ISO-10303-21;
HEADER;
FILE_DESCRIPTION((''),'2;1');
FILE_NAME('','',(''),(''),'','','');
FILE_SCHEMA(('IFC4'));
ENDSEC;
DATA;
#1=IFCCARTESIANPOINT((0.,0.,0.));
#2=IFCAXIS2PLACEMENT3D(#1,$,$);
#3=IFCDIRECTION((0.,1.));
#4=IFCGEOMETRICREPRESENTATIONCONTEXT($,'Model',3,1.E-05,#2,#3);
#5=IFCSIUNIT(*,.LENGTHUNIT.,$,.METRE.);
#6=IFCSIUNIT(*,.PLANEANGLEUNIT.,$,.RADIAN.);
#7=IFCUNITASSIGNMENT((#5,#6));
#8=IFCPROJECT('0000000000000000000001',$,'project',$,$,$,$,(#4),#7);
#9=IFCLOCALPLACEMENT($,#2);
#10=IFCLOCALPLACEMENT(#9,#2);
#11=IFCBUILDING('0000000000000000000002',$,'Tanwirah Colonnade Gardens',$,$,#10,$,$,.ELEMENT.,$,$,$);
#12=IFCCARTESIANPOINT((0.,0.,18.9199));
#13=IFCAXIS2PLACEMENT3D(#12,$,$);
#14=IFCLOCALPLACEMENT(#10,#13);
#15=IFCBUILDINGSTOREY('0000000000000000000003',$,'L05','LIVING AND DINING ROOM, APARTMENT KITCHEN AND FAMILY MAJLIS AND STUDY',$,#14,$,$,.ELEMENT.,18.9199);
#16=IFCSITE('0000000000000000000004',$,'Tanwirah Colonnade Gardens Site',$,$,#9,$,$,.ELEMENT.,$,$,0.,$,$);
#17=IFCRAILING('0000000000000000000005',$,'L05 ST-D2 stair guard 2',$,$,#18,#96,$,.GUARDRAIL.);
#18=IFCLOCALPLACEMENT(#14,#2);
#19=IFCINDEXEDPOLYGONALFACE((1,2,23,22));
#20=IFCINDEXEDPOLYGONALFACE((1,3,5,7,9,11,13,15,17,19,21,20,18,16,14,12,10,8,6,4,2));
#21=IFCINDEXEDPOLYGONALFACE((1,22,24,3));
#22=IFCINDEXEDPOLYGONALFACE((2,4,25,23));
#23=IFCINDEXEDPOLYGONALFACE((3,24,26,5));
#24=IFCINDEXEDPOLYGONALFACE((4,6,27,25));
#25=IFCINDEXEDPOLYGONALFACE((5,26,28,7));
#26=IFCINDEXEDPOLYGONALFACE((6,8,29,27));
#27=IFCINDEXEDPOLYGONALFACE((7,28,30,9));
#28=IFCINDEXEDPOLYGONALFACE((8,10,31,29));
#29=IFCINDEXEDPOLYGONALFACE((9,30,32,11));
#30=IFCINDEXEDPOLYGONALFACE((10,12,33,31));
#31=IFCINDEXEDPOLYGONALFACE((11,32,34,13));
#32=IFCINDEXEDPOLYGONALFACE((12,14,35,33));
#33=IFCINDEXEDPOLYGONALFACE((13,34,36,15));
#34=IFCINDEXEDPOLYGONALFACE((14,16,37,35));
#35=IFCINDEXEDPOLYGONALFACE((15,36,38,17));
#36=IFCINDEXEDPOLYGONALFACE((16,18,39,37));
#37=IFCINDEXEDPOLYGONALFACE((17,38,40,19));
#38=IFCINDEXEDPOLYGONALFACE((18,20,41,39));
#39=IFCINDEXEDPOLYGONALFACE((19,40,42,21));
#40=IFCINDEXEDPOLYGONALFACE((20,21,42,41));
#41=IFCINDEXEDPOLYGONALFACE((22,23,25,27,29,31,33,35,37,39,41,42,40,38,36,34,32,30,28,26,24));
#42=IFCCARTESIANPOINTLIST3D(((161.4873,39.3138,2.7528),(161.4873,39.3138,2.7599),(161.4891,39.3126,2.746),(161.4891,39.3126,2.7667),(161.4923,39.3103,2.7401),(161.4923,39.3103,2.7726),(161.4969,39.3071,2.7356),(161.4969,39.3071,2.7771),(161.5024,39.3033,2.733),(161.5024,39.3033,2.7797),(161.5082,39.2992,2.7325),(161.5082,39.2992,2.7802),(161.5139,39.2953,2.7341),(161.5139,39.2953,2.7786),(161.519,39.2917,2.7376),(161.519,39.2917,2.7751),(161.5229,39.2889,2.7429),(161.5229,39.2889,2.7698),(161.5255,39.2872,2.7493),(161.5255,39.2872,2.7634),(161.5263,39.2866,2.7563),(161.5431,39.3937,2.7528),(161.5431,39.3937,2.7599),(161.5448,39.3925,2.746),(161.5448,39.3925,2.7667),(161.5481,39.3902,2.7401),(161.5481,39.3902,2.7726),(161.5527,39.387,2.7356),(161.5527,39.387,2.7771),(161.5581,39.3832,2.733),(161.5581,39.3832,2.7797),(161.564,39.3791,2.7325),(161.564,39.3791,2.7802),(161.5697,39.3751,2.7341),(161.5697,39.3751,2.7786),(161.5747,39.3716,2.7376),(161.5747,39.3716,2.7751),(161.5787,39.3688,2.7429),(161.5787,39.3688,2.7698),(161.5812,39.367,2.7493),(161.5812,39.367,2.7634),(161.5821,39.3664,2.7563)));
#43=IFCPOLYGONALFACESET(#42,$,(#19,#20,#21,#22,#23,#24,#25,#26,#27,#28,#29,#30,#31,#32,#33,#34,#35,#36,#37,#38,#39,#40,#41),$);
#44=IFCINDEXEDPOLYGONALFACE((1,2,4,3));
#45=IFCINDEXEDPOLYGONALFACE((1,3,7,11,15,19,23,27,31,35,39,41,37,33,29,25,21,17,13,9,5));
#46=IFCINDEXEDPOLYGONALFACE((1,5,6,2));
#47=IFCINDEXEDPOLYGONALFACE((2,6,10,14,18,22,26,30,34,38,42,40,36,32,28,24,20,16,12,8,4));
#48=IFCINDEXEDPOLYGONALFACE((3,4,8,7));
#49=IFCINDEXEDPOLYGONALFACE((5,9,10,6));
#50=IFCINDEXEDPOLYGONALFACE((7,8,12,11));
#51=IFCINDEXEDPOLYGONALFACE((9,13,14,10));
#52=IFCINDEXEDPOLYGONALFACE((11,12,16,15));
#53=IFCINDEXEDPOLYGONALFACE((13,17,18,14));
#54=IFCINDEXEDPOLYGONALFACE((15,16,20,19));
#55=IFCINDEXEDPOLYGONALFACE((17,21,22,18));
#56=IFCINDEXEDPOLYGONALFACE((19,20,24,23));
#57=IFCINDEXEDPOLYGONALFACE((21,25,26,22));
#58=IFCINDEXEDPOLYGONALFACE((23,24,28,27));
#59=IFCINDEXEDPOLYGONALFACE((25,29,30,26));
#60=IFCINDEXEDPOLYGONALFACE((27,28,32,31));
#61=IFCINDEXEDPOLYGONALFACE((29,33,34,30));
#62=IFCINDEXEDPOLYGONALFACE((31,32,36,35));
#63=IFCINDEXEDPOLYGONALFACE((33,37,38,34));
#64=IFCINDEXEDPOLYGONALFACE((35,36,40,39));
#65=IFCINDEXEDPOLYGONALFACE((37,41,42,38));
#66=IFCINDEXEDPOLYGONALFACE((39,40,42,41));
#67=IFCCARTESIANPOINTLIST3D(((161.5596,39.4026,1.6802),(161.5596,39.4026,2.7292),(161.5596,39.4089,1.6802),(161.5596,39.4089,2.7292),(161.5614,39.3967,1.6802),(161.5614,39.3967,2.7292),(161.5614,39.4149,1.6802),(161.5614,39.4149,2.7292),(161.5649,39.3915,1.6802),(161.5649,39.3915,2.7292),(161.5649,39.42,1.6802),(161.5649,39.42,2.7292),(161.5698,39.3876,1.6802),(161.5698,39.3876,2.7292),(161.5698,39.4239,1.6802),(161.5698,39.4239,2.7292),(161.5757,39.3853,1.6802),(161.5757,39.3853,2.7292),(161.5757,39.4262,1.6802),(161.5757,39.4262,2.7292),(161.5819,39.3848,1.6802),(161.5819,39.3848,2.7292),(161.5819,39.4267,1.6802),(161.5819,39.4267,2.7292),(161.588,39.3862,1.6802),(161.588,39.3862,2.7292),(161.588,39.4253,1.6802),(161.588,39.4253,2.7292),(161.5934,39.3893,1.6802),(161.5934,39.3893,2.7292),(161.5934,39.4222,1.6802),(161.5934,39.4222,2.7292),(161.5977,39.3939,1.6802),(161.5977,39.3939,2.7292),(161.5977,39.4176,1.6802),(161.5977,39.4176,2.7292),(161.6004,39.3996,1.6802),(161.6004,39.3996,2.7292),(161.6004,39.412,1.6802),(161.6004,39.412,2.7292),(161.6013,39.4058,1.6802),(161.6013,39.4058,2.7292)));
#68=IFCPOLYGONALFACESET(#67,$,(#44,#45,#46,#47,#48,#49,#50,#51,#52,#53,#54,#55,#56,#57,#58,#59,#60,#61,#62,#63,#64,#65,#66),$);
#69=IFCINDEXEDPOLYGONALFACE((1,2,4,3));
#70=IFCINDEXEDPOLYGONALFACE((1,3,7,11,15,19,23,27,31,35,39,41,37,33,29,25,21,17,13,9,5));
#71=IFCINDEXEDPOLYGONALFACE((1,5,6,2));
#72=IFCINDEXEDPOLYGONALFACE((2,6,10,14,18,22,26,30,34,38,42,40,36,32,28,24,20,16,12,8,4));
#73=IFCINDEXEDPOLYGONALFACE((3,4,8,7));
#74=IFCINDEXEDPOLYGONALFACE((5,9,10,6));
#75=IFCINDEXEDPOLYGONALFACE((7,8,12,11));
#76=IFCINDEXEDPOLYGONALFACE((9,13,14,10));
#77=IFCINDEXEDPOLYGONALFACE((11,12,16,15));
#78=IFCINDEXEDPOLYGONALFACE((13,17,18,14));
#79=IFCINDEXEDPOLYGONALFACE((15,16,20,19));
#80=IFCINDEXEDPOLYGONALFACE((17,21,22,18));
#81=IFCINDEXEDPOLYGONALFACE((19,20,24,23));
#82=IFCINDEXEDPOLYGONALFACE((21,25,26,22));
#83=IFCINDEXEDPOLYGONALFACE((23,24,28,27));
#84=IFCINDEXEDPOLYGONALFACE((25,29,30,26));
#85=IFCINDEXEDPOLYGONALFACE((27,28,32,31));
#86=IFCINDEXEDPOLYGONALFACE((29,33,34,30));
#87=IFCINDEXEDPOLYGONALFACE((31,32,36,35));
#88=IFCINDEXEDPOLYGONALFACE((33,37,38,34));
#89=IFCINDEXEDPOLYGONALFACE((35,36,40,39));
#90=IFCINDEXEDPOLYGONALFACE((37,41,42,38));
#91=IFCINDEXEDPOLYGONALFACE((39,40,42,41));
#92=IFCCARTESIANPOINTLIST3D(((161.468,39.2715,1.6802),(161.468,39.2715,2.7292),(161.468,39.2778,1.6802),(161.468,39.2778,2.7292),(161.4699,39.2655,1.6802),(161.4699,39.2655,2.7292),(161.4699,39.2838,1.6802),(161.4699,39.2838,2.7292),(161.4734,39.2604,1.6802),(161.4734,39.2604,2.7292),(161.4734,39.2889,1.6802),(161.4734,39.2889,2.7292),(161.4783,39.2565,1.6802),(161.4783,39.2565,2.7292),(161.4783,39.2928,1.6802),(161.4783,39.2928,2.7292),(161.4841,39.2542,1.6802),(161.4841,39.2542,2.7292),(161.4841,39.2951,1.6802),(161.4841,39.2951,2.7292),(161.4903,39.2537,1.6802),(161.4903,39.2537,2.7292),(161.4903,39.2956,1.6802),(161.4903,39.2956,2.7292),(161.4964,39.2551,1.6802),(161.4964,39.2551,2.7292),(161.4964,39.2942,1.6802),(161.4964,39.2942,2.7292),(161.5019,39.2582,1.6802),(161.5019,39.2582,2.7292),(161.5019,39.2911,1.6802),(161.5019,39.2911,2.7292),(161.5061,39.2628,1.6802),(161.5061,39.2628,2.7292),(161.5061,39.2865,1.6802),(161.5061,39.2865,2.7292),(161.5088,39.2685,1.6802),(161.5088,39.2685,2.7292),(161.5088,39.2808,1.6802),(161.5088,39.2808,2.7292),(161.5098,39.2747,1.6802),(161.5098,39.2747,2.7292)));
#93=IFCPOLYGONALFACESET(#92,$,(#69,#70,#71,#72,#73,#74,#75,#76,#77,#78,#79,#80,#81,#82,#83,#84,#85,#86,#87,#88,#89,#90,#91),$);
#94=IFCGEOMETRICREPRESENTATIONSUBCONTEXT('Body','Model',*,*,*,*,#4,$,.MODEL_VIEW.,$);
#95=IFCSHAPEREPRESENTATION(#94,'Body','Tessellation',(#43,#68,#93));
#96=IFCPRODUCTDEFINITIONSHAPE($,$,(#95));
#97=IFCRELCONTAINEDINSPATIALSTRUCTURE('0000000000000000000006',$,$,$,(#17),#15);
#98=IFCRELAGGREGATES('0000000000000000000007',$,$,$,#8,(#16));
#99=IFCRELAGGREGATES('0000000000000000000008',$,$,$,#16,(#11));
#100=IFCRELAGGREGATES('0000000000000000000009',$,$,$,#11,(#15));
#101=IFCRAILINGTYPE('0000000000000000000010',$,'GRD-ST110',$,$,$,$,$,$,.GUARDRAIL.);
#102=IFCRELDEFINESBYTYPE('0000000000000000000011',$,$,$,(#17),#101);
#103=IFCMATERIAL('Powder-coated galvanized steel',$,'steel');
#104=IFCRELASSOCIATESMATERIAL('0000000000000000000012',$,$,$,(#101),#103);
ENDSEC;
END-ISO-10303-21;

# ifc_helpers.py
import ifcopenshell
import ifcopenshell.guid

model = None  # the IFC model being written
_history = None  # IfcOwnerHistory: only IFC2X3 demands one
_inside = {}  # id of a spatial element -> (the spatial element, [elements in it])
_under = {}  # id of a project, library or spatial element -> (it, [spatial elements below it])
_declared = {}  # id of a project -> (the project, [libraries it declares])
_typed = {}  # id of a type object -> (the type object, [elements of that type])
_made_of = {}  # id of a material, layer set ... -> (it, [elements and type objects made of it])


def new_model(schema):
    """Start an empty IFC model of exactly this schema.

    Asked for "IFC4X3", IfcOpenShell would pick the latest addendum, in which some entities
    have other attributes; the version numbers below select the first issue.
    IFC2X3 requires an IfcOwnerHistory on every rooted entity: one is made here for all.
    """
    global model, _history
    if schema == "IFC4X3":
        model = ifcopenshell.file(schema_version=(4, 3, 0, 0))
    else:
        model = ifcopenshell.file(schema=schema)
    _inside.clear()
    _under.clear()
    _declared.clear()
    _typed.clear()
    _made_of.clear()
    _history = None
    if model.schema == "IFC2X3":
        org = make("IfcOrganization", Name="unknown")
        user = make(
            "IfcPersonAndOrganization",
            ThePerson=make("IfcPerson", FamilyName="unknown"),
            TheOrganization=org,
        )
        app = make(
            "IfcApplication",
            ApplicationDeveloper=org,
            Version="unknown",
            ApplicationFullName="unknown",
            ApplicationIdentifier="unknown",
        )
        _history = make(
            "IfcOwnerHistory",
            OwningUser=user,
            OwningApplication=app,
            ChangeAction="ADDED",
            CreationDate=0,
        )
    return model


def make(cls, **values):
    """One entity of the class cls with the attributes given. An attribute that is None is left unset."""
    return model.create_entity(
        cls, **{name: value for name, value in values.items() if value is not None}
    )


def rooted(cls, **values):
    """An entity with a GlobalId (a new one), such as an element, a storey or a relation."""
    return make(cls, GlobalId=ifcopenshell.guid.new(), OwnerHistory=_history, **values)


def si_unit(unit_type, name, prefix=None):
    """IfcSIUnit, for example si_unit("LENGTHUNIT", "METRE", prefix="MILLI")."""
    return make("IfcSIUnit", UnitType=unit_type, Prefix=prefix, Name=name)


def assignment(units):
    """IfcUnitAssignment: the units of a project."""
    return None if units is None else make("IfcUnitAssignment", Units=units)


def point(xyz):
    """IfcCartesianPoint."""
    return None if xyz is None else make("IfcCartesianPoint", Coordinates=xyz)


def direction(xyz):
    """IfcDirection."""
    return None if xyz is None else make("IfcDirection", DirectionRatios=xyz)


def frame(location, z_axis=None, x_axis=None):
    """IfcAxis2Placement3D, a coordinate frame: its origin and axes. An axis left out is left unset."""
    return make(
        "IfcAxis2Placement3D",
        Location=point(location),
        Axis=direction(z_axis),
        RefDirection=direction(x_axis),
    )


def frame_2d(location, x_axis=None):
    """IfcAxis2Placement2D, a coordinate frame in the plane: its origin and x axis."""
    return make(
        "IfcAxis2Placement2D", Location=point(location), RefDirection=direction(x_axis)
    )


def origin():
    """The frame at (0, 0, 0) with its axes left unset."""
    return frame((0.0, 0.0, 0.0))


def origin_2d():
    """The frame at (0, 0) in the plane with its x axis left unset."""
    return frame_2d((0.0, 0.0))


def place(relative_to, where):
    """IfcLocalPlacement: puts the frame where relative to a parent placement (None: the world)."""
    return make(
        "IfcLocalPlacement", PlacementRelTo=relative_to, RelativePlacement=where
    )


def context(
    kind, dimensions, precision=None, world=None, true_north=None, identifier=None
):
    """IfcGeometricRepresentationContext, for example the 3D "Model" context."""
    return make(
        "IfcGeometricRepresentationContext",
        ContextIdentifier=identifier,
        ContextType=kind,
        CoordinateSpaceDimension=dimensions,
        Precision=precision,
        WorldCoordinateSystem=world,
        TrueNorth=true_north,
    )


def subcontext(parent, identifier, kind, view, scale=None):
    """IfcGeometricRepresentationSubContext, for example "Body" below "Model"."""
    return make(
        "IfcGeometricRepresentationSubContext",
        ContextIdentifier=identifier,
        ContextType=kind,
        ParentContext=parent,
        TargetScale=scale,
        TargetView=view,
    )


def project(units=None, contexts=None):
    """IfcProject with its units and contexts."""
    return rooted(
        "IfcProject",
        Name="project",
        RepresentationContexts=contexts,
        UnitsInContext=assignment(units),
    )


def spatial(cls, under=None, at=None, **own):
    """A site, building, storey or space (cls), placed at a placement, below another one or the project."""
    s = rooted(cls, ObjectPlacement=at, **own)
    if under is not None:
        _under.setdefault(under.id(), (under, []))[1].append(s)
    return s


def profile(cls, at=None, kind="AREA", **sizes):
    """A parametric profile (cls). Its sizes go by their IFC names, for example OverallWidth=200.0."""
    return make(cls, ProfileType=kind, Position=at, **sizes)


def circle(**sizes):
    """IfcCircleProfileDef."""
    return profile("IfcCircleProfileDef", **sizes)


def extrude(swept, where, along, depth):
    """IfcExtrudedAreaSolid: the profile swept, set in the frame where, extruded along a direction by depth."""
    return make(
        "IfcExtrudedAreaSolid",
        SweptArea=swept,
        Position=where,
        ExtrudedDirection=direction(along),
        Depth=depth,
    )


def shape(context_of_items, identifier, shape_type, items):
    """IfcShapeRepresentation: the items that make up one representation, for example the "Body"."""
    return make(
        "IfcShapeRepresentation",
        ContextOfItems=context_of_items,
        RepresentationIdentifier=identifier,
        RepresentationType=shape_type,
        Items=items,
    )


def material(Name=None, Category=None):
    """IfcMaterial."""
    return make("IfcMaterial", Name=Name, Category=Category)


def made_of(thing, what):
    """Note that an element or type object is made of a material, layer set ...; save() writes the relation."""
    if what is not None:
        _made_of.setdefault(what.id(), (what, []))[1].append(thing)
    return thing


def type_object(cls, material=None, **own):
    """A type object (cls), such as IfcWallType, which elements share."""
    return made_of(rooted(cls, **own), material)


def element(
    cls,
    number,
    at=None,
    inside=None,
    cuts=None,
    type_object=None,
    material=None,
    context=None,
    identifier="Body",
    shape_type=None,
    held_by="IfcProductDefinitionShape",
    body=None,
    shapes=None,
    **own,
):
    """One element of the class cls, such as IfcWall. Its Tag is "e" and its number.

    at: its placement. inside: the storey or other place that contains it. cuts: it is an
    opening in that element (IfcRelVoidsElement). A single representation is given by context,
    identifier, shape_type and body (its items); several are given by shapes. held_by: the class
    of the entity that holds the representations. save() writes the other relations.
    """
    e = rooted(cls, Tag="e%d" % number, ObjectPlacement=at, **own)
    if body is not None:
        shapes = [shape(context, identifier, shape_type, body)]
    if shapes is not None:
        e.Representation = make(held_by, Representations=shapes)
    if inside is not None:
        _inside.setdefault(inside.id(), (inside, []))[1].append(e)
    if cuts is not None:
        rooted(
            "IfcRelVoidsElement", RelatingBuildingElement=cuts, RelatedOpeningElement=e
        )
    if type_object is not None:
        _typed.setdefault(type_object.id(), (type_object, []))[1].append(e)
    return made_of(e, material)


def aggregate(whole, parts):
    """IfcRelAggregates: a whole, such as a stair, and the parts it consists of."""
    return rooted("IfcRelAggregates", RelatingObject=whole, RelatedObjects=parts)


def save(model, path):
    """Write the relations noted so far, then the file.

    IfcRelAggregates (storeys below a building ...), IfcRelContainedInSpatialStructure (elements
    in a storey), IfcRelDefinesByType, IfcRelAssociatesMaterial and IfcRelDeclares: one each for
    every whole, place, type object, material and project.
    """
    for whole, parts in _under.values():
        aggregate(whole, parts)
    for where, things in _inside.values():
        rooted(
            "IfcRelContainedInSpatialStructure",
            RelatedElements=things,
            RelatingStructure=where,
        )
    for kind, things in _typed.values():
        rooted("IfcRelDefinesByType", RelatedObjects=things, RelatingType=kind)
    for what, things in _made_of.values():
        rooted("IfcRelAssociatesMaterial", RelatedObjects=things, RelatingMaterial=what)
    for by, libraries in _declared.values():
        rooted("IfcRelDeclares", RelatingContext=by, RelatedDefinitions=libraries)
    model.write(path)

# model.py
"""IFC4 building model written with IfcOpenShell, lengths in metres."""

from ifc_helpers import new_model, si_unit, direction, frame, origin, origin_2d, place, context, subcontext, project, spatial, circle, extrude, material, type_object, element, save


model = new_model("IFC4")

# Units and contexts
model_context = context("Model", 3, precision=1e-05, world=origin(), true_north=direction((0.0, 1.0)))
body_context = subcontext(model_context, "Body", "Model", "MODEL_VIEW")
ifc_project = project(units=[si_unit("LENGTHUNIT", "METRE"), si_unit("PLANEANGLEUNIT", "RADIAN")], contexts=[model_context])

# Site, building, storey
site_placement = place(None, origin())
site = spatial("IfcSite", under=ifc_project, at=site_placement, Name="Tanwirah Colonnade Gardens Site", CompositionType="ELEMENT", RefElevation=0.0)
building_placement = place(site_placement, origin())
building = spatial("IfcBuilding", under=site, at=building_placement, Name="Tanwirah Colonnade Gardens", CompositionType="ELEMENT")
storey_placement = place(building_placement, frame((0.0, 0.0, 18.9199)))
storey = spatial("IfcBuildingStorey", under=building, at=storey_placement, Name="L05", Description="LIVING AND DINING ROOM, APARTMENT KITCHEN AND FAMILY MAJLIS AND STUDY", CompositionType="ELEMENT", Elevation=18.9199)

# Railing
ifc_material_1 = material(Name="Powder-coated galvanized steel", Category="steel")
railing_type_1 = type_object("IfcRailingType", Name="GRD-ST110", PredefinedType="GUARDRAIL", material=ifc_material_1)
railing_1_placement = place(storey_placement, frame((161.5803, 39.4058, 1.6802)))
element("IfcRailing", 1, at=railing_1_placement, inside=storey, type_object=railing_type_1, Name="L05 ST-D2 stair guard 2", PredefinedType="GUARDRAIL", context=body_context, shape_type="SweptSolid", body=[
    extrude(circle(Radius=0.0239, at=origin_2d()), frame((-0.0178, -0.0256, 1.0762), z_axis=(-0.57254, -0.819877, 0.0), x_axis=(0.819877, -0.57254, 0.0)), (0.0, 0.0, 1.0), 0.0974),
    extrude(circle(Radius=0.021, at=origin_2d()), origin(), (0.0, 0.0, 1.0), 1.0491),
    extrude(circle(Radius=0.021, at=origin_2d()), frame((-0.0916, -0.1311, 0.0)), (0.0, 0.0, 1.0), 1.0491),
])

save(model, "model.ifc")
